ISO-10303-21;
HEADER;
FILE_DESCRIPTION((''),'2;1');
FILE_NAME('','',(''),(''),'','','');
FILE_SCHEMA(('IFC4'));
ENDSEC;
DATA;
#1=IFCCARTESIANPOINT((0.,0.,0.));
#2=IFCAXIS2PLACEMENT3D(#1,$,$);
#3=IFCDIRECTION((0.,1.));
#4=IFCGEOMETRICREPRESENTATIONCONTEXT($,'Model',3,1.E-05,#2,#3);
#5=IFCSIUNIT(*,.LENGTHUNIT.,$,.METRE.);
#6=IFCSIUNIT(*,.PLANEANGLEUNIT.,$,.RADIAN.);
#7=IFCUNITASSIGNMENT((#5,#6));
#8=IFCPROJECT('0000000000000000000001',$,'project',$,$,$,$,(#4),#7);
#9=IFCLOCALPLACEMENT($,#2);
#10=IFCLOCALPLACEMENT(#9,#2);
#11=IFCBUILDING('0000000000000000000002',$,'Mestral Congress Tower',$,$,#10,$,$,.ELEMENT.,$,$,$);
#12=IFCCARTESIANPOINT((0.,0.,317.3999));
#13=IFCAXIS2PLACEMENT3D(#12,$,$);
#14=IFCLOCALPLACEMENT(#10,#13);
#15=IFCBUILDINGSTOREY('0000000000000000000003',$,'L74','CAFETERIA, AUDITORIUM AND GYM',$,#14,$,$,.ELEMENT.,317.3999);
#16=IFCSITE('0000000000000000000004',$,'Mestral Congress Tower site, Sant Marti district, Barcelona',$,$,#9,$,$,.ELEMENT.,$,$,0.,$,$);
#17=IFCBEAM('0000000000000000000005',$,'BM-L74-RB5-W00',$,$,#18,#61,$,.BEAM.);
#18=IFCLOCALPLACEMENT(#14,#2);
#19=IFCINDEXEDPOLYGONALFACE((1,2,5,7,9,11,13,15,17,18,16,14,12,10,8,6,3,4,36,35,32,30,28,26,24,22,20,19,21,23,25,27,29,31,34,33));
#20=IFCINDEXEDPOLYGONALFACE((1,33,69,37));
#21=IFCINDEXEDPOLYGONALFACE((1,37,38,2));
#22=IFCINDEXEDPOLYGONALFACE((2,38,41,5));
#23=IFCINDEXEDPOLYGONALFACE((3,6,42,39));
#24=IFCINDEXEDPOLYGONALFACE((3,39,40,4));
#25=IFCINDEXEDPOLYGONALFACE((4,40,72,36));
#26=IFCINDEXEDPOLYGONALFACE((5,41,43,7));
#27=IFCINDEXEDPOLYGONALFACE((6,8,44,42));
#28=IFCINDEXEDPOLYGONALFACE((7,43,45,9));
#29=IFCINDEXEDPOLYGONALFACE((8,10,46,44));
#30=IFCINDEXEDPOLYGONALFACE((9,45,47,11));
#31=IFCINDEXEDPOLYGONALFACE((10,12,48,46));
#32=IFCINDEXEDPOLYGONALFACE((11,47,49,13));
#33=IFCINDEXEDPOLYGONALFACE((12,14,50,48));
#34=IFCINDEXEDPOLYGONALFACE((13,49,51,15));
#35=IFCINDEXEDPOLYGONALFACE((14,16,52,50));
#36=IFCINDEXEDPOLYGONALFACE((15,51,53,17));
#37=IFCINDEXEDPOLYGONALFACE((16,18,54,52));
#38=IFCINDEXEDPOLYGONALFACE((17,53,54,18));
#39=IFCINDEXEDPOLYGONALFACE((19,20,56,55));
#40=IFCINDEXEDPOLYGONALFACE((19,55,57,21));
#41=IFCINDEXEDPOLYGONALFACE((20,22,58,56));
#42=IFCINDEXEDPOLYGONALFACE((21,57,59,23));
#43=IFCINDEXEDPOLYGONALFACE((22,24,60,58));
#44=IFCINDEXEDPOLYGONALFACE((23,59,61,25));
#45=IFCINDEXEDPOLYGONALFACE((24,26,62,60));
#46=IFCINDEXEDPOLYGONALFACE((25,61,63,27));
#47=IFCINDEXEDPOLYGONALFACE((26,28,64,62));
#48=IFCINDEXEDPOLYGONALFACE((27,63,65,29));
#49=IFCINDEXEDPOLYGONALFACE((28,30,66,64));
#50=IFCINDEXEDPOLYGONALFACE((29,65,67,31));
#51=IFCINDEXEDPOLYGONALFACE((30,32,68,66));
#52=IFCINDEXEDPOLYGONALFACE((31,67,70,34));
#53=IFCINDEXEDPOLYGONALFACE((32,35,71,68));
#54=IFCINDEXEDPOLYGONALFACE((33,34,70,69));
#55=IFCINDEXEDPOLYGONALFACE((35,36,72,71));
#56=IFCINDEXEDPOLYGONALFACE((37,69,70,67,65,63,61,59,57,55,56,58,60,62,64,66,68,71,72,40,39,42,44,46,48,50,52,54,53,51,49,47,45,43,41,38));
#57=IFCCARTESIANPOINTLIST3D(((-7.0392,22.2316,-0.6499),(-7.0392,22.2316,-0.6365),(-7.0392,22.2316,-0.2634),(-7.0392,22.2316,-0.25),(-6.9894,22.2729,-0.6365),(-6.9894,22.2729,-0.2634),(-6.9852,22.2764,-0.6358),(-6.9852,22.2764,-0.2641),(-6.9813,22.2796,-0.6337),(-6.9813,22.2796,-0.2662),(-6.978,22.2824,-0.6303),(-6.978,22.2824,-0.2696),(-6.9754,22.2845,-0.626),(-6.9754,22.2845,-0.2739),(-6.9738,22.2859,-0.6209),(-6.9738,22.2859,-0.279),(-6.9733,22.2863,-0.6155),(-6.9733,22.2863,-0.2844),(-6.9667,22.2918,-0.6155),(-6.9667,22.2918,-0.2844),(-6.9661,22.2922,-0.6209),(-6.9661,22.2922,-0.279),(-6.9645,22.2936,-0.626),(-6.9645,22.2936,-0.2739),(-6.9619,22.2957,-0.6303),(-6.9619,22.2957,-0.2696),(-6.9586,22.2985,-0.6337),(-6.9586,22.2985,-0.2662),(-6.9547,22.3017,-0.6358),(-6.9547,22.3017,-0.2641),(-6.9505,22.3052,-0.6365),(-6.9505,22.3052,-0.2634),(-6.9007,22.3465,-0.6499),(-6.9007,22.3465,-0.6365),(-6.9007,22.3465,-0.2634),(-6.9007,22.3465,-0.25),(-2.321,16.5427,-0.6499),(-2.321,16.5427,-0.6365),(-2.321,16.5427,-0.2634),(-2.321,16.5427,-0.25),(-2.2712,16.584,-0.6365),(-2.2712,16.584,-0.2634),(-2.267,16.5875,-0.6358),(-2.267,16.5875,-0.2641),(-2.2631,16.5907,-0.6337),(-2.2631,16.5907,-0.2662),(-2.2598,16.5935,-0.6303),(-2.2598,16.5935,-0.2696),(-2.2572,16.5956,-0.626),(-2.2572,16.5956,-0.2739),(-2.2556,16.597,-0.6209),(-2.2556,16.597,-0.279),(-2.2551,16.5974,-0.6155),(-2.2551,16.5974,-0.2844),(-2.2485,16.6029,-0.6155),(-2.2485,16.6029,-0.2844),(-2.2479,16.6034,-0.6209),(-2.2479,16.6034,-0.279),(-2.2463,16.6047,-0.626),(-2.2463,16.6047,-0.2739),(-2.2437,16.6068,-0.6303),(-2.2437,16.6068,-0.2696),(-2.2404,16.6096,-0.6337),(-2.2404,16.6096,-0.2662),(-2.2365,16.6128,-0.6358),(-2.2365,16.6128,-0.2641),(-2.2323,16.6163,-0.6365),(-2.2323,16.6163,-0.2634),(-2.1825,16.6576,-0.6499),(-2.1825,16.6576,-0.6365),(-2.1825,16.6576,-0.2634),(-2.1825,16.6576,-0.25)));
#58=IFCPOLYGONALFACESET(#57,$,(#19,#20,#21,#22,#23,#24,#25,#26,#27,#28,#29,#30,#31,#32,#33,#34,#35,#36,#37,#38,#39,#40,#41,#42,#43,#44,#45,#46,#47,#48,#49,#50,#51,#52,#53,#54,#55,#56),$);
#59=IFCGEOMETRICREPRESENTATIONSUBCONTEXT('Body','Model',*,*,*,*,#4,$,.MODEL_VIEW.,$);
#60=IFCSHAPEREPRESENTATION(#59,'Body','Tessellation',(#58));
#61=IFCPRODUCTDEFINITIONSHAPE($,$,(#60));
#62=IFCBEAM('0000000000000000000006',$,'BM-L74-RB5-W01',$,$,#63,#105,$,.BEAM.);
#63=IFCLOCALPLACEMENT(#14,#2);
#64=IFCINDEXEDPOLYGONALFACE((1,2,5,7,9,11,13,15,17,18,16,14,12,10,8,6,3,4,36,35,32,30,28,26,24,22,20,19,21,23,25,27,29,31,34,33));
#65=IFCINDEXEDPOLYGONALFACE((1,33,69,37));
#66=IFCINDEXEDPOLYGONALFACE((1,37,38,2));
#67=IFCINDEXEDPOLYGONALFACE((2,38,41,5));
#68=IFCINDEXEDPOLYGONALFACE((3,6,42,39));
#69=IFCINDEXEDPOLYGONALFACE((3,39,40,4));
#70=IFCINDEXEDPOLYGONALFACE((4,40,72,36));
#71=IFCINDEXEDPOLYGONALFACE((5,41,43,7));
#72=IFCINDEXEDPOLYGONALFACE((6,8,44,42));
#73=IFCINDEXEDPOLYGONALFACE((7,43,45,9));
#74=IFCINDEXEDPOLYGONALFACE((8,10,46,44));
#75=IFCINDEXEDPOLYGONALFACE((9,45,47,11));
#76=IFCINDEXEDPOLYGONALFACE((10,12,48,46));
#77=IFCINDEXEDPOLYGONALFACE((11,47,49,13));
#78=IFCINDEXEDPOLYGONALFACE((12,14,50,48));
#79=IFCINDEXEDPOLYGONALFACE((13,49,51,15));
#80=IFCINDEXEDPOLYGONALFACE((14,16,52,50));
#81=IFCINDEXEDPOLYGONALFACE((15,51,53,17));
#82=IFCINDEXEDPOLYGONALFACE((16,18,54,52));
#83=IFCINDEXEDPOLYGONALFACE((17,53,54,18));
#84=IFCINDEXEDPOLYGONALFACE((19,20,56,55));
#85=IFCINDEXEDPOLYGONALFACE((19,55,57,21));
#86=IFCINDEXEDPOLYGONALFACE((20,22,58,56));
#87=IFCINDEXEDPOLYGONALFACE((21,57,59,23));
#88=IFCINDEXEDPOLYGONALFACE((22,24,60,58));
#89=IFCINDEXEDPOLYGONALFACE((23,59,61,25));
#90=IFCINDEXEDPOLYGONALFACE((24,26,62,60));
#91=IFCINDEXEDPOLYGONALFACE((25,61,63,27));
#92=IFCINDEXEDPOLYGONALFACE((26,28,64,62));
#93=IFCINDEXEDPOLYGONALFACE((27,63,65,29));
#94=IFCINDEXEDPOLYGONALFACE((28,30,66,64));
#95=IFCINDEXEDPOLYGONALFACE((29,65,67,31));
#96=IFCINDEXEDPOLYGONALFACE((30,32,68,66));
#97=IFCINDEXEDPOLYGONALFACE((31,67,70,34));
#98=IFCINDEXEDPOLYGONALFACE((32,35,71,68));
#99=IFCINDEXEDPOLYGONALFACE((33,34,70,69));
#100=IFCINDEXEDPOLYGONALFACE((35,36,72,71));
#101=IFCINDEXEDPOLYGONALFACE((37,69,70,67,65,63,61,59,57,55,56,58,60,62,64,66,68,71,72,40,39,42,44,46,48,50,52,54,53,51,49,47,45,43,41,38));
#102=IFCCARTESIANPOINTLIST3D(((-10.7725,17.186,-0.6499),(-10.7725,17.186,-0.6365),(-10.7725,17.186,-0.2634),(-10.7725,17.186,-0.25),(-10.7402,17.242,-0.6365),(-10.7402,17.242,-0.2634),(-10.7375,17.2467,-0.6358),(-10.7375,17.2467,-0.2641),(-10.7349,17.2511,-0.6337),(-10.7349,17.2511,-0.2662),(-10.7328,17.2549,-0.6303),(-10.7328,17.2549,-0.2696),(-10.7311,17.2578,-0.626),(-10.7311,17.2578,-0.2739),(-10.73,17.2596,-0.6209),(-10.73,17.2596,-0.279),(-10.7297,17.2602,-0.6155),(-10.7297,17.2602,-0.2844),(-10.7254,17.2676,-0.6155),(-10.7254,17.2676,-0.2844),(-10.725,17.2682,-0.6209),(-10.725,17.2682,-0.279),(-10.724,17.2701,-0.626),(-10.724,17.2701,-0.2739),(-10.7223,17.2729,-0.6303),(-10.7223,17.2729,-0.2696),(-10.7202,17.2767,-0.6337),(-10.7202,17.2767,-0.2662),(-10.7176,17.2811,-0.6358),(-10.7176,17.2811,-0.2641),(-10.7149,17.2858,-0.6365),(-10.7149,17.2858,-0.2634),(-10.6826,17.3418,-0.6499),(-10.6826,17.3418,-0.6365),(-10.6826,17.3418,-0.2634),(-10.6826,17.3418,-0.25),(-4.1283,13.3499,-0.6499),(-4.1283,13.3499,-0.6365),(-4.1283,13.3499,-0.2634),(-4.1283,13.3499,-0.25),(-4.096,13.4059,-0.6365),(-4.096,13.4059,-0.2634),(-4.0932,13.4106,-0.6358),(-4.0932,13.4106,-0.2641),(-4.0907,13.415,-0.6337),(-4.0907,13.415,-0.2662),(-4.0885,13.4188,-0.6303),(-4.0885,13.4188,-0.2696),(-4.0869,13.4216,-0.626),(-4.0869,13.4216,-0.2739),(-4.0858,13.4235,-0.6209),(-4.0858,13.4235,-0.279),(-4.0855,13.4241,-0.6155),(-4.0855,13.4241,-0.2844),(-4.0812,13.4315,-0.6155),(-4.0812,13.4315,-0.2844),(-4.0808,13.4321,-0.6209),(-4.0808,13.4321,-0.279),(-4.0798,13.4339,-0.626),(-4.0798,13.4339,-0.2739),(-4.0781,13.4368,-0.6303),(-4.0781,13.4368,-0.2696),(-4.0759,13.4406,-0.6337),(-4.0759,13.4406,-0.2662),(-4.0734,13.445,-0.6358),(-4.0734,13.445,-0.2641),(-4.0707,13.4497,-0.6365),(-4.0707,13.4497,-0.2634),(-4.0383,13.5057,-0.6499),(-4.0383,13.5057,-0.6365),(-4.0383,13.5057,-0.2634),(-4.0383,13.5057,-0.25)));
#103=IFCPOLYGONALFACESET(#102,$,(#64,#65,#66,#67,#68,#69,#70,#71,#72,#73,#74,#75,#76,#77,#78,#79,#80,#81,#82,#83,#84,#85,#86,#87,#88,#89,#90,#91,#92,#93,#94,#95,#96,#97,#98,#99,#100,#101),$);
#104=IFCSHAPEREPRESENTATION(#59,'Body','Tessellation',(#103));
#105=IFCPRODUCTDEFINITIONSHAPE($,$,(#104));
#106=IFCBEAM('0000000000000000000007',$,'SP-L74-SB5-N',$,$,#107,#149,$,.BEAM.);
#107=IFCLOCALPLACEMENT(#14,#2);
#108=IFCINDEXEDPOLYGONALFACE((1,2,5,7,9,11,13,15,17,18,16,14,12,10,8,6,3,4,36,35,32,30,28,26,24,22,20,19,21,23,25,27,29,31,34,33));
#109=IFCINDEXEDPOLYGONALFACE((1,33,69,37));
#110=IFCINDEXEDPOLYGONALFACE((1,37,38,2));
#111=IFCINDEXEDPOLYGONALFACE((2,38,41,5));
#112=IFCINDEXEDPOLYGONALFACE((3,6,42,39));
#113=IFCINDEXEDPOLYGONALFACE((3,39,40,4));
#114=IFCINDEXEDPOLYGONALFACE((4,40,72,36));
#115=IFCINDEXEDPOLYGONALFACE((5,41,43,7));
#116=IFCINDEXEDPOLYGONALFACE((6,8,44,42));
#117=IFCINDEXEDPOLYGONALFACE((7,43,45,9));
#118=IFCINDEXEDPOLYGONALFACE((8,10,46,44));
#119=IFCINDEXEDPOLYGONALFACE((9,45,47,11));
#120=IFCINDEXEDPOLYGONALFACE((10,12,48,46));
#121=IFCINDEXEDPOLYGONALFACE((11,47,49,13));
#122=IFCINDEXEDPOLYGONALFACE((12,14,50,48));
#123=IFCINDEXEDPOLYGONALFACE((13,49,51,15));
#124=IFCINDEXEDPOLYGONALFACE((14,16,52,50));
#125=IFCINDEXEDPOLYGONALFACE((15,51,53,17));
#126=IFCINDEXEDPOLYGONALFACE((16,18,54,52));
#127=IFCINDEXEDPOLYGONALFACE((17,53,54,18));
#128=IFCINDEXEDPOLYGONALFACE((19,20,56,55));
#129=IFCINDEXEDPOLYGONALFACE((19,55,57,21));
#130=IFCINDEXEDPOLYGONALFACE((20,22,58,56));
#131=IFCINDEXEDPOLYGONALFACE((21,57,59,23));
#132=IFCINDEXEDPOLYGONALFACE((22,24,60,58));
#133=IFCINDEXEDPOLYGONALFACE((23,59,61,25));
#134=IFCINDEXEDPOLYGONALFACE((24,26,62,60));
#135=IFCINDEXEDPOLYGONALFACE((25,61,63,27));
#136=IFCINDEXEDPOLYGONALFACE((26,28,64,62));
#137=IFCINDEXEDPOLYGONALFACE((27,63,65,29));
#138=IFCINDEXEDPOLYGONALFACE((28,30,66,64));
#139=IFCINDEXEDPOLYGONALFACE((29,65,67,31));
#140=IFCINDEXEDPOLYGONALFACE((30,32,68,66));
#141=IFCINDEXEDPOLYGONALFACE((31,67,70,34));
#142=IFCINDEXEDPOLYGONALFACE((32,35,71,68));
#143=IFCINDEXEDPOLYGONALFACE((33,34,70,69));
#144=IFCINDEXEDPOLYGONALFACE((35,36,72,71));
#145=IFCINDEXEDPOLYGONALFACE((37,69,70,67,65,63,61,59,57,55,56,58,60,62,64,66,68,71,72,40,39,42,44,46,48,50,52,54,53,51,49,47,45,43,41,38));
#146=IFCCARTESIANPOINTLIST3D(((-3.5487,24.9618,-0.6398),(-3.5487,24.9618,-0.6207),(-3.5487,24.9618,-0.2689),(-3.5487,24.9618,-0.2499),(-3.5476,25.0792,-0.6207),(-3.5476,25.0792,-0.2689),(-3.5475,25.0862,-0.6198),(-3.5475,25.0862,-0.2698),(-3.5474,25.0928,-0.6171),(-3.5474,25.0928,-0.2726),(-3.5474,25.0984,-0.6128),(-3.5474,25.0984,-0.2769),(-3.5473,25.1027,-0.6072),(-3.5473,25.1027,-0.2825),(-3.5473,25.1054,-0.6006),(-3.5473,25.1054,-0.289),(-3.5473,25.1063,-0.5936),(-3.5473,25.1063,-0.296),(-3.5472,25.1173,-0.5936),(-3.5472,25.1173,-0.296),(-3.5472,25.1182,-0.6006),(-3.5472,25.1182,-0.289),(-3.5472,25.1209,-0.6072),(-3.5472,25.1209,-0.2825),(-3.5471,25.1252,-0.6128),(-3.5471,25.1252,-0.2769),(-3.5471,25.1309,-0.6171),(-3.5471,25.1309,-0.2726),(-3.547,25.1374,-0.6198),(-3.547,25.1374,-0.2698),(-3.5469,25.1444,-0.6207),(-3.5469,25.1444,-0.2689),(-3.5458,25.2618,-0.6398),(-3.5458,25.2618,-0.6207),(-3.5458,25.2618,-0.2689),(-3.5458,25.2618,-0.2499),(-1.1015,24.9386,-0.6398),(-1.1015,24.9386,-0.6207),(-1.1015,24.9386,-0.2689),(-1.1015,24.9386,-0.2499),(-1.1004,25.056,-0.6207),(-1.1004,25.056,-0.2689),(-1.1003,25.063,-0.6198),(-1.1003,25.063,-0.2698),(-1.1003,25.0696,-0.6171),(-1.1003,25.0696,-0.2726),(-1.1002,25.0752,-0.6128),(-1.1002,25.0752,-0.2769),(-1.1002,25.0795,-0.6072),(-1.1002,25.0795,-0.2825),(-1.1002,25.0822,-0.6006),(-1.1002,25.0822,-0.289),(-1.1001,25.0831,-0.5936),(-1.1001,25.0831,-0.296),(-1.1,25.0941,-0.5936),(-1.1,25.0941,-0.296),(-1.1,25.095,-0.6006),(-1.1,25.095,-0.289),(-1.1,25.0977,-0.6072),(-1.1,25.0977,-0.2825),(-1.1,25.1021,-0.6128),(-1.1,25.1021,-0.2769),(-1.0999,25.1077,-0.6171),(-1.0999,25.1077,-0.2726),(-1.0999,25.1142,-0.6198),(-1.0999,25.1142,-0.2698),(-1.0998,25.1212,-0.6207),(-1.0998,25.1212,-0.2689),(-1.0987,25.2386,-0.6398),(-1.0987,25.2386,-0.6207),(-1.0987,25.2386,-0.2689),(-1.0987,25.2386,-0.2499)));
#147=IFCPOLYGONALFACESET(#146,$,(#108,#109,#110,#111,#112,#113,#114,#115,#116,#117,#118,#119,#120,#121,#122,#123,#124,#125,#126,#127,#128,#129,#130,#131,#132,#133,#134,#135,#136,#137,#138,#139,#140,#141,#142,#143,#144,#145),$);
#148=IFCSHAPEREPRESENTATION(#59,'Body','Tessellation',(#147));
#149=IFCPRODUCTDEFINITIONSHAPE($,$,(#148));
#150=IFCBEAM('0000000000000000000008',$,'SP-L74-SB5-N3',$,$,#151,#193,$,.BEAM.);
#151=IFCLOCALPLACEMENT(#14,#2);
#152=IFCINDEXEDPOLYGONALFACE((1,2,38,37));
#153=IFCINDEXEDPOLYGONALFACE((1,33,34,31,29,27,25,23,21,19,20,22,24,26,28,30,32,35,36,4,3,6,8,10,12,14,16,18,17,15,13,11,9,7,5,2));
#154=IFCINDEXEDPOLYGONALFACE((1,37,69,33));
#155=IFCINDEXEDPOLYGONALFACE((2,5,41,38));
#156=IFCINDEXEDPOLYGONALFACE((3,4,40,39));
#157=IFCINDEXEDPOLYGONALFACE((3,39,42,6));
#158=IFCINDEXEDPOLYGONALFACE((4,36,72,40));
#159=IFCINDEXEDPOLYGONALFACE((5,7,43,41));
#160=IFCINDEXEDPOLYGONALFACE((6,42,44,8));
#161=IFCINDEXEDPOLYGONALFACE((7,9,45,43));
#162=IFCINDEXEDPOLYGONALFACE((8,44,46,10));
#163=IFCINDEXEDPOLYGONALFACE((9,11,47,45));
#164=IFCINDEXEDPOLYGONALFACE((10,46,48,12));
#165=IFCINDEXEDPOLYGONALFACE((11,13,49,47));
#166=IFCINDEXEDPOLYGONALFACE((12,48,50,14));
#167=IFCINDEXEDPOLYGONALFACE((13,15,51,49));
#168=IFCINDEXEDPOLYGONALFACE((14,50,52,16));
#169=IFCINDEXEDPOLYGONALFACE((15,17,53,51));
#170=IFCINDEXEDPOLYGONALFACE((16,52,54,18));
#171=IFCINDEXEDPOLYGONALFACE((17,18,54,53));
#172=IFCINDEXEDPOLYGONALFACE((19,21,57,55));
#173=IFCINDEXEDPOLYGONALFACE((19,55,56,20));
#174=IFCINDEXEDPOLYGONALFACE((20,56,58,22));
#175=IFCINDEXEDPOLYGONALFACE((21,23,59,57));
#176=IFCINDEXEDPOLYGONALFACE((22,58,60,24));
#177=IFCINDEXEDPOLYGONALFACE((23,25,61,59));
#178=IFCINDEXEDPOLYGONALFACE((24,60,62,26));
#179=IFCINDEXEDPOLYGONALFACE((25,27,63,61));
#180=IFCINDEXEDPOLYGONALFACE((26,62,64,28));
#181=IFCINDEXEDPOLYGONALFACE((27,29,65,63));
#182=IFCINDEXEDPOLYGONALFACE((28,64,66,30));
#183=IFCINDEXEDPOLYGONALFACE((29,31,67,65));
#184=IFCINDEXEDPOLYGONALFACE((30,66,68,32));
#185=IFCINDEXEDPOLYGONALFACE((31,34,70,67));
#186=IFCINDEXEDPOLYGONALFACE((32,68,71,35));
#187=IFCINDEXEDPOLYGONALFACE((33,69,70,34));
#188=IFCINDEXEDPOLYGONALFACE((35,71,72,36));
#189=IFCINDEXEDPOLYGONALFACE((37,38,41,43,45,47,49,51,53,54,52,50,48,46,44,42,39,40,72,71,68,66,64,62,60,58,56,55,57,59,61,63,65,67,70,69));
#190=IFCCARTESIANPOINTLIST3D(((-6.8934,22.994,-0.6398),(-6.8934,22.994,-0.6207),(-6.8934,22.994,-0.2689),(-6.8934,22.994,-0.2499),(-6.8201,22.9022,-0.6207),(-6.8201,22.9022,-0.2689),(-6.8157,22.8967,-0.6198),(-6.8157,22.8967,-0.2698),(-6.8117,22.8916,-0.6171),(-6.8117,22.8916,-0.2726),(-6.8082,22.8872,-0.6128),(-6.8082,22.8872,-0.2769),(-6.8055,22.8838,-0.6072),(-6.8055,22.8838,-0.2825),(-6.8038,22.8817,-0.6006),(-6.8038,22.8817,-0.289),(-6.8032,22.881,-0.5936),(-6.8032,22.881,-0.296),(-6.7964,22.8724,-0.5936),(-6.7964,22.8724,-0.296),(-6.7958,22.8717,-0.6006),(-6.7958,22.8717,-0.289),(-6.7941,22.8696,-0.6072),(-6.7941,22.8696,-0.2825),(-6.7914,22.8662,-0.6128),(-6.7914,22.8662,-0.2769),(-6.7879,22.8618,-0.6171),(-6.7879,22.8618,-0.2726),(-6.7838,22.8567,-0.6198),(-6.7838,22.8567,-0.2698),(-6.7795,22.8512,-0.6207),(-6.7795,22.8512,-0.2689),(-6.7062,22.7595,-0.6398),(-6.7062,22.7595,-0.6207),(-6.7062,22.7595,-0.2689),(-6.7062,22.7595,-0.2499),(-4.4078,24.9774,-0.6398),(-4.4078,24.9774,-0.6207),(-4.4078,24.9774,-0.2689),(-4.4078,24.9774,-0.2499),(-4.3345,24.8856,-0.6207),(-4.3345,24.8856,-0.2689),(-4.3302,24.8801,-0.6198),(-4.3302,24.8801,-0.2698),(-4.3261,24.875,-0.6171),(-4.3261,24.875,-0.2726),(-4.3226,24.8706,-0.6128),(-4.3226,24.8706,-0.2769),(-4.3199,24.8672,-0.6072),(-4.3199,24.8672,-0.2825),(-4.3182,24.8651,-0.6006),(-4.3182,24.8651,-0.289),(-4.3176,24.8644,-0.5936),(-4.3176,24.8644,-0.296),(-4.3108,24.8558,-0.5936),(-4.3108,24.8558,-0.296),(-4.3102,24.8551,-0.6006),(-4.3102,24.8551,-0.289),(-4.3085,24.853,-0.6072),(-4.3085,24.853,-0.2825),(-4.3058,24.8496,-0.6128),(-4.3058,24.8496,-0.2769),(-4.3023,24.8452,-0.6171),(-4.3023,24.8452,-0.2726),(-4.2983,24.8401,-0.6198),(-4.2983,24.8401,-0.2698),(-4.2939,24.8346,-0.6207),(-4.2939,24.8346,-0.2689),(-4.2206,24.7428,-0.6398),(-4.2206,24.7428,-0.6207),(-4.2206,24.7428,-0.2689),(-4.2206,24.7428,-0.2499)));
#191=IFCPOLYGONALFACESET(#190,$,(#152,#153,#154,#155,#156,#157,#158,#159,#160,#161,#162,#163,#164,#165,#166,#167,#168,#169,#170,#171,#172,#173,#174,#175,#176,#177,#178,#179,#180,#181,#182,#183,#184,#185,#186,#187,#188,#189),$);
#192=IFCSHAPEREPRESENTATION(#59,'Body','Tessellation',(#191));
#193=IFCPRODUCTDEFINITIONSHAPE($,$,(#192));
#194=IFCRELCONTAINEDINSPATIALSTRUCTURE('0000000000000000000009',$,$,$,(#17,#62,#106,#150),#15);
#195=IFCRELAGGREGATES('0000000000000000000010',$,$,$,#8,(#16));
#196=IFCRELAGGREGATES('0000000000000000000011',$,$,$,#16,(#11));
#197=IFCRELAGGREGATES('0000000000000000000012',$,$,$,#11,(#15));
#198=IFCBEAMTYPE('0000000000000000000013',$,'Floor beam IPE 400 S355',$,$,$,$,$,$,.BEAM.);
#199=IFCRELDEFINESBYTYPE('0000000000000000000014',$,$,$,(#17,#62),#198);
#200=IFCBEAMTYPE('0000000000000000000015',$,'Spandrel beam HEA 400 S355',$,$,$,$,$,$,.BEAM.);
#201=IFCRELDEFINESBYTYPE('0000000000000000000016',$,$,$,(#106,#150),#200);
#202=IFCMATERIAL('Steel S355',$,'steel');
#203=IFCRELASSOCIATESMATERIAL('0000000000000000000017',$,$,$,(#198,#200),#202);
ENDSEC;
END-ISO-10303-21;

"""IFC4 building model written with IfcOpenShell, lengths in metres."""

from ifc_helpers import new_model, si_unit, direction, frame, origin, origin_2d, place, context, subcontext, project, spatial, i_section, extrude, material, material_profile, profile_set, type_object, element, save


model = new_model("IFC4")

# Units and contexts
model_context = context("Model", 3, precision=1e-05, world=origin(), true_north=direction((0.0, 1.0)))
body_context = subcontext(model_context, "Body", "Model", "MODEL_VIEW")
ifc_project = project(units=[si_unit("LENGTHUNIT", "METRE"), si_unit("PLANEANGLEUNIT", "RADIAN")], contexts=[model_context])

# Site, building, storey
site_placement = place(None, origin())
site = spatial("IfcSite", under=ifc_project, at=site_placement, Name="Mestral Congress Tower site, Sant Marti district, Barcelona", CompositionType="ELEMENT", RefElevation=0.0)
building_placement = place(site_placement, origin())
building = spatial("IfcBuilding", under=site, at=building_placement, Name="Mestral Congress Tower", CompositionType="ELEMENT")
storey_placement = place(building_placement, frame((0.0, 0.0, 317.3999)))
storey = spatial("IfcBuildingStorey", under=building, at=storey_placement, Name="L74", Description="CAFETERIA, AUDITORIUM AND GYM", CompositionType="ELEMENT", Elevation=317.3999)

# Beams
ifc_material_1 = material(Name="Steel S355", Category="steel")
ifc_material_profile_1 = material_profile(ifc_material_1, i_section(OverallWidth=0.1799, OverallDepth=0.3999, WebThickness=0.0085, FlangeThickness=0.0134, FilletRadius=0.021, at=origin_2d()), Name="IPE 400")
ifc_profile_set_1 = profile_set([ifc_material_profile_1], Name="Steel S355")
beam_type_1 = type_object("IfcBeamType", Name="Floor beam IPE 400 S355", PredefinedType="BEAM", material=ifc_profile_set_1)
beam_1_placement = place(storey_placement, frame((-6.97, 22.2891, -0.45), z_axis=(0.638383, -0.769719, 0.0), x_axis=(0.769719, 0.638383, 0.0)))
element("IfcBeam", 1, at=beam_1_placement, inside=storey, type_object=beam_type_1, Name="BM-L74-RB5-W00", PredefinedType="BEAM", context=body_context, shape_type="SweptSolid", body=[
    extrude(i_section(OverallWidth=0.1799, OverallDepth=0.3999, WebThickness=0.0085, FlangeThickness=0.0134, FilletRadius=0.021, at=origin_2d()), origin(), (0.0, 0.0, 1.0), 7.3909),
])
beam_2_placement = place(storey_placement, frame((-10.7275, 17.2639, -0.45), z_axis=(0.86602, -0.50001, 0.0), x_axis=(0.50001, 0.86602, 0.0)))
element("IfcBeam", 2, at=beam_2_placement, inside=storey, type_object=beam_type_1, Name="BM-L74-RB5-W01", PredefinedType="BEAM", context=body_context, shape_type="SweptSolid", body=[
    extrude(i_section(OverallWidth=0.1799, OverallDepth=0.3999, WebThickness=0.0085, FlangeThickness=0.0134, FilletRadius=0.021, at=origin_2d()), origin(), (0.0, 0.0, 1.0), 7.6721),
])
ifc_material_profile_2 = material_profile(ifc_material_1, i_section(OverallWidth=0.3, OverallDepth=0.3899, WebThickness=0.011, FlangeThickness=0.019, FilletRadius=0.0271, at=origin_2d()), Name="HEA 400")
ifc_profile_set_2 = profile_set([ifc_material_profile_2], Name="Steel S355")
beam_type_2 = type_object("IfcBeamType", Name="Spandrel beam HEA 400 S355", PredefinedType="BEAM", material=ifc_profile_set_2)
beam_3_placement = place(storey_placement, frame((-1.1001, 25.0886, -0.4448), z_axis=(-0.999955, 0.009477, 0.0), x_axis=(-0.009477, -0.999955, 0.0)))
element("IfcBeam", 3, at=beam_3_placement, inside=storey, type_object=beam_type_2, Name="SP-L74-SB5-N", PredefinedType="BEAM", context=body_context, shape_type="SweptSolid", body=[
    extrude(i_section(OverallWidth=0.3, OverallDepth=0.3899, WebThickness=0.011, FlangeThickness=0.019, FilletRadius=0.0271, at=origin_2d()), origin(), (0.0, 0.0, 1.0), 2.4473),
])
beam_4_placement = place(storey_placement, frame((-4.3142, 24.8601, -0.4448), z_axis=(-0.781647, -0.623721, 0.0), x_axis=(0.623721, -0.781647, 0.0)))
element("IfcBeam", 4, at=beam_4_placement, inside=storey, type_object=beam_type_2, Name="SP-L74-SB5-N3", PredefinedType="BEAM", context=body_context, shape_type="SweptSolid", body=[
    extrude(i_section(OverallWidth=0.3, OverallDepth=0.3899, WebThickness=0.011, FlangeThickness=0.019, FilletRadius=0.0271, at=origin_2d()), origin(), (0.0, 0.0, 1.0), 3.1799),
])

save(model, "model.ifc")
